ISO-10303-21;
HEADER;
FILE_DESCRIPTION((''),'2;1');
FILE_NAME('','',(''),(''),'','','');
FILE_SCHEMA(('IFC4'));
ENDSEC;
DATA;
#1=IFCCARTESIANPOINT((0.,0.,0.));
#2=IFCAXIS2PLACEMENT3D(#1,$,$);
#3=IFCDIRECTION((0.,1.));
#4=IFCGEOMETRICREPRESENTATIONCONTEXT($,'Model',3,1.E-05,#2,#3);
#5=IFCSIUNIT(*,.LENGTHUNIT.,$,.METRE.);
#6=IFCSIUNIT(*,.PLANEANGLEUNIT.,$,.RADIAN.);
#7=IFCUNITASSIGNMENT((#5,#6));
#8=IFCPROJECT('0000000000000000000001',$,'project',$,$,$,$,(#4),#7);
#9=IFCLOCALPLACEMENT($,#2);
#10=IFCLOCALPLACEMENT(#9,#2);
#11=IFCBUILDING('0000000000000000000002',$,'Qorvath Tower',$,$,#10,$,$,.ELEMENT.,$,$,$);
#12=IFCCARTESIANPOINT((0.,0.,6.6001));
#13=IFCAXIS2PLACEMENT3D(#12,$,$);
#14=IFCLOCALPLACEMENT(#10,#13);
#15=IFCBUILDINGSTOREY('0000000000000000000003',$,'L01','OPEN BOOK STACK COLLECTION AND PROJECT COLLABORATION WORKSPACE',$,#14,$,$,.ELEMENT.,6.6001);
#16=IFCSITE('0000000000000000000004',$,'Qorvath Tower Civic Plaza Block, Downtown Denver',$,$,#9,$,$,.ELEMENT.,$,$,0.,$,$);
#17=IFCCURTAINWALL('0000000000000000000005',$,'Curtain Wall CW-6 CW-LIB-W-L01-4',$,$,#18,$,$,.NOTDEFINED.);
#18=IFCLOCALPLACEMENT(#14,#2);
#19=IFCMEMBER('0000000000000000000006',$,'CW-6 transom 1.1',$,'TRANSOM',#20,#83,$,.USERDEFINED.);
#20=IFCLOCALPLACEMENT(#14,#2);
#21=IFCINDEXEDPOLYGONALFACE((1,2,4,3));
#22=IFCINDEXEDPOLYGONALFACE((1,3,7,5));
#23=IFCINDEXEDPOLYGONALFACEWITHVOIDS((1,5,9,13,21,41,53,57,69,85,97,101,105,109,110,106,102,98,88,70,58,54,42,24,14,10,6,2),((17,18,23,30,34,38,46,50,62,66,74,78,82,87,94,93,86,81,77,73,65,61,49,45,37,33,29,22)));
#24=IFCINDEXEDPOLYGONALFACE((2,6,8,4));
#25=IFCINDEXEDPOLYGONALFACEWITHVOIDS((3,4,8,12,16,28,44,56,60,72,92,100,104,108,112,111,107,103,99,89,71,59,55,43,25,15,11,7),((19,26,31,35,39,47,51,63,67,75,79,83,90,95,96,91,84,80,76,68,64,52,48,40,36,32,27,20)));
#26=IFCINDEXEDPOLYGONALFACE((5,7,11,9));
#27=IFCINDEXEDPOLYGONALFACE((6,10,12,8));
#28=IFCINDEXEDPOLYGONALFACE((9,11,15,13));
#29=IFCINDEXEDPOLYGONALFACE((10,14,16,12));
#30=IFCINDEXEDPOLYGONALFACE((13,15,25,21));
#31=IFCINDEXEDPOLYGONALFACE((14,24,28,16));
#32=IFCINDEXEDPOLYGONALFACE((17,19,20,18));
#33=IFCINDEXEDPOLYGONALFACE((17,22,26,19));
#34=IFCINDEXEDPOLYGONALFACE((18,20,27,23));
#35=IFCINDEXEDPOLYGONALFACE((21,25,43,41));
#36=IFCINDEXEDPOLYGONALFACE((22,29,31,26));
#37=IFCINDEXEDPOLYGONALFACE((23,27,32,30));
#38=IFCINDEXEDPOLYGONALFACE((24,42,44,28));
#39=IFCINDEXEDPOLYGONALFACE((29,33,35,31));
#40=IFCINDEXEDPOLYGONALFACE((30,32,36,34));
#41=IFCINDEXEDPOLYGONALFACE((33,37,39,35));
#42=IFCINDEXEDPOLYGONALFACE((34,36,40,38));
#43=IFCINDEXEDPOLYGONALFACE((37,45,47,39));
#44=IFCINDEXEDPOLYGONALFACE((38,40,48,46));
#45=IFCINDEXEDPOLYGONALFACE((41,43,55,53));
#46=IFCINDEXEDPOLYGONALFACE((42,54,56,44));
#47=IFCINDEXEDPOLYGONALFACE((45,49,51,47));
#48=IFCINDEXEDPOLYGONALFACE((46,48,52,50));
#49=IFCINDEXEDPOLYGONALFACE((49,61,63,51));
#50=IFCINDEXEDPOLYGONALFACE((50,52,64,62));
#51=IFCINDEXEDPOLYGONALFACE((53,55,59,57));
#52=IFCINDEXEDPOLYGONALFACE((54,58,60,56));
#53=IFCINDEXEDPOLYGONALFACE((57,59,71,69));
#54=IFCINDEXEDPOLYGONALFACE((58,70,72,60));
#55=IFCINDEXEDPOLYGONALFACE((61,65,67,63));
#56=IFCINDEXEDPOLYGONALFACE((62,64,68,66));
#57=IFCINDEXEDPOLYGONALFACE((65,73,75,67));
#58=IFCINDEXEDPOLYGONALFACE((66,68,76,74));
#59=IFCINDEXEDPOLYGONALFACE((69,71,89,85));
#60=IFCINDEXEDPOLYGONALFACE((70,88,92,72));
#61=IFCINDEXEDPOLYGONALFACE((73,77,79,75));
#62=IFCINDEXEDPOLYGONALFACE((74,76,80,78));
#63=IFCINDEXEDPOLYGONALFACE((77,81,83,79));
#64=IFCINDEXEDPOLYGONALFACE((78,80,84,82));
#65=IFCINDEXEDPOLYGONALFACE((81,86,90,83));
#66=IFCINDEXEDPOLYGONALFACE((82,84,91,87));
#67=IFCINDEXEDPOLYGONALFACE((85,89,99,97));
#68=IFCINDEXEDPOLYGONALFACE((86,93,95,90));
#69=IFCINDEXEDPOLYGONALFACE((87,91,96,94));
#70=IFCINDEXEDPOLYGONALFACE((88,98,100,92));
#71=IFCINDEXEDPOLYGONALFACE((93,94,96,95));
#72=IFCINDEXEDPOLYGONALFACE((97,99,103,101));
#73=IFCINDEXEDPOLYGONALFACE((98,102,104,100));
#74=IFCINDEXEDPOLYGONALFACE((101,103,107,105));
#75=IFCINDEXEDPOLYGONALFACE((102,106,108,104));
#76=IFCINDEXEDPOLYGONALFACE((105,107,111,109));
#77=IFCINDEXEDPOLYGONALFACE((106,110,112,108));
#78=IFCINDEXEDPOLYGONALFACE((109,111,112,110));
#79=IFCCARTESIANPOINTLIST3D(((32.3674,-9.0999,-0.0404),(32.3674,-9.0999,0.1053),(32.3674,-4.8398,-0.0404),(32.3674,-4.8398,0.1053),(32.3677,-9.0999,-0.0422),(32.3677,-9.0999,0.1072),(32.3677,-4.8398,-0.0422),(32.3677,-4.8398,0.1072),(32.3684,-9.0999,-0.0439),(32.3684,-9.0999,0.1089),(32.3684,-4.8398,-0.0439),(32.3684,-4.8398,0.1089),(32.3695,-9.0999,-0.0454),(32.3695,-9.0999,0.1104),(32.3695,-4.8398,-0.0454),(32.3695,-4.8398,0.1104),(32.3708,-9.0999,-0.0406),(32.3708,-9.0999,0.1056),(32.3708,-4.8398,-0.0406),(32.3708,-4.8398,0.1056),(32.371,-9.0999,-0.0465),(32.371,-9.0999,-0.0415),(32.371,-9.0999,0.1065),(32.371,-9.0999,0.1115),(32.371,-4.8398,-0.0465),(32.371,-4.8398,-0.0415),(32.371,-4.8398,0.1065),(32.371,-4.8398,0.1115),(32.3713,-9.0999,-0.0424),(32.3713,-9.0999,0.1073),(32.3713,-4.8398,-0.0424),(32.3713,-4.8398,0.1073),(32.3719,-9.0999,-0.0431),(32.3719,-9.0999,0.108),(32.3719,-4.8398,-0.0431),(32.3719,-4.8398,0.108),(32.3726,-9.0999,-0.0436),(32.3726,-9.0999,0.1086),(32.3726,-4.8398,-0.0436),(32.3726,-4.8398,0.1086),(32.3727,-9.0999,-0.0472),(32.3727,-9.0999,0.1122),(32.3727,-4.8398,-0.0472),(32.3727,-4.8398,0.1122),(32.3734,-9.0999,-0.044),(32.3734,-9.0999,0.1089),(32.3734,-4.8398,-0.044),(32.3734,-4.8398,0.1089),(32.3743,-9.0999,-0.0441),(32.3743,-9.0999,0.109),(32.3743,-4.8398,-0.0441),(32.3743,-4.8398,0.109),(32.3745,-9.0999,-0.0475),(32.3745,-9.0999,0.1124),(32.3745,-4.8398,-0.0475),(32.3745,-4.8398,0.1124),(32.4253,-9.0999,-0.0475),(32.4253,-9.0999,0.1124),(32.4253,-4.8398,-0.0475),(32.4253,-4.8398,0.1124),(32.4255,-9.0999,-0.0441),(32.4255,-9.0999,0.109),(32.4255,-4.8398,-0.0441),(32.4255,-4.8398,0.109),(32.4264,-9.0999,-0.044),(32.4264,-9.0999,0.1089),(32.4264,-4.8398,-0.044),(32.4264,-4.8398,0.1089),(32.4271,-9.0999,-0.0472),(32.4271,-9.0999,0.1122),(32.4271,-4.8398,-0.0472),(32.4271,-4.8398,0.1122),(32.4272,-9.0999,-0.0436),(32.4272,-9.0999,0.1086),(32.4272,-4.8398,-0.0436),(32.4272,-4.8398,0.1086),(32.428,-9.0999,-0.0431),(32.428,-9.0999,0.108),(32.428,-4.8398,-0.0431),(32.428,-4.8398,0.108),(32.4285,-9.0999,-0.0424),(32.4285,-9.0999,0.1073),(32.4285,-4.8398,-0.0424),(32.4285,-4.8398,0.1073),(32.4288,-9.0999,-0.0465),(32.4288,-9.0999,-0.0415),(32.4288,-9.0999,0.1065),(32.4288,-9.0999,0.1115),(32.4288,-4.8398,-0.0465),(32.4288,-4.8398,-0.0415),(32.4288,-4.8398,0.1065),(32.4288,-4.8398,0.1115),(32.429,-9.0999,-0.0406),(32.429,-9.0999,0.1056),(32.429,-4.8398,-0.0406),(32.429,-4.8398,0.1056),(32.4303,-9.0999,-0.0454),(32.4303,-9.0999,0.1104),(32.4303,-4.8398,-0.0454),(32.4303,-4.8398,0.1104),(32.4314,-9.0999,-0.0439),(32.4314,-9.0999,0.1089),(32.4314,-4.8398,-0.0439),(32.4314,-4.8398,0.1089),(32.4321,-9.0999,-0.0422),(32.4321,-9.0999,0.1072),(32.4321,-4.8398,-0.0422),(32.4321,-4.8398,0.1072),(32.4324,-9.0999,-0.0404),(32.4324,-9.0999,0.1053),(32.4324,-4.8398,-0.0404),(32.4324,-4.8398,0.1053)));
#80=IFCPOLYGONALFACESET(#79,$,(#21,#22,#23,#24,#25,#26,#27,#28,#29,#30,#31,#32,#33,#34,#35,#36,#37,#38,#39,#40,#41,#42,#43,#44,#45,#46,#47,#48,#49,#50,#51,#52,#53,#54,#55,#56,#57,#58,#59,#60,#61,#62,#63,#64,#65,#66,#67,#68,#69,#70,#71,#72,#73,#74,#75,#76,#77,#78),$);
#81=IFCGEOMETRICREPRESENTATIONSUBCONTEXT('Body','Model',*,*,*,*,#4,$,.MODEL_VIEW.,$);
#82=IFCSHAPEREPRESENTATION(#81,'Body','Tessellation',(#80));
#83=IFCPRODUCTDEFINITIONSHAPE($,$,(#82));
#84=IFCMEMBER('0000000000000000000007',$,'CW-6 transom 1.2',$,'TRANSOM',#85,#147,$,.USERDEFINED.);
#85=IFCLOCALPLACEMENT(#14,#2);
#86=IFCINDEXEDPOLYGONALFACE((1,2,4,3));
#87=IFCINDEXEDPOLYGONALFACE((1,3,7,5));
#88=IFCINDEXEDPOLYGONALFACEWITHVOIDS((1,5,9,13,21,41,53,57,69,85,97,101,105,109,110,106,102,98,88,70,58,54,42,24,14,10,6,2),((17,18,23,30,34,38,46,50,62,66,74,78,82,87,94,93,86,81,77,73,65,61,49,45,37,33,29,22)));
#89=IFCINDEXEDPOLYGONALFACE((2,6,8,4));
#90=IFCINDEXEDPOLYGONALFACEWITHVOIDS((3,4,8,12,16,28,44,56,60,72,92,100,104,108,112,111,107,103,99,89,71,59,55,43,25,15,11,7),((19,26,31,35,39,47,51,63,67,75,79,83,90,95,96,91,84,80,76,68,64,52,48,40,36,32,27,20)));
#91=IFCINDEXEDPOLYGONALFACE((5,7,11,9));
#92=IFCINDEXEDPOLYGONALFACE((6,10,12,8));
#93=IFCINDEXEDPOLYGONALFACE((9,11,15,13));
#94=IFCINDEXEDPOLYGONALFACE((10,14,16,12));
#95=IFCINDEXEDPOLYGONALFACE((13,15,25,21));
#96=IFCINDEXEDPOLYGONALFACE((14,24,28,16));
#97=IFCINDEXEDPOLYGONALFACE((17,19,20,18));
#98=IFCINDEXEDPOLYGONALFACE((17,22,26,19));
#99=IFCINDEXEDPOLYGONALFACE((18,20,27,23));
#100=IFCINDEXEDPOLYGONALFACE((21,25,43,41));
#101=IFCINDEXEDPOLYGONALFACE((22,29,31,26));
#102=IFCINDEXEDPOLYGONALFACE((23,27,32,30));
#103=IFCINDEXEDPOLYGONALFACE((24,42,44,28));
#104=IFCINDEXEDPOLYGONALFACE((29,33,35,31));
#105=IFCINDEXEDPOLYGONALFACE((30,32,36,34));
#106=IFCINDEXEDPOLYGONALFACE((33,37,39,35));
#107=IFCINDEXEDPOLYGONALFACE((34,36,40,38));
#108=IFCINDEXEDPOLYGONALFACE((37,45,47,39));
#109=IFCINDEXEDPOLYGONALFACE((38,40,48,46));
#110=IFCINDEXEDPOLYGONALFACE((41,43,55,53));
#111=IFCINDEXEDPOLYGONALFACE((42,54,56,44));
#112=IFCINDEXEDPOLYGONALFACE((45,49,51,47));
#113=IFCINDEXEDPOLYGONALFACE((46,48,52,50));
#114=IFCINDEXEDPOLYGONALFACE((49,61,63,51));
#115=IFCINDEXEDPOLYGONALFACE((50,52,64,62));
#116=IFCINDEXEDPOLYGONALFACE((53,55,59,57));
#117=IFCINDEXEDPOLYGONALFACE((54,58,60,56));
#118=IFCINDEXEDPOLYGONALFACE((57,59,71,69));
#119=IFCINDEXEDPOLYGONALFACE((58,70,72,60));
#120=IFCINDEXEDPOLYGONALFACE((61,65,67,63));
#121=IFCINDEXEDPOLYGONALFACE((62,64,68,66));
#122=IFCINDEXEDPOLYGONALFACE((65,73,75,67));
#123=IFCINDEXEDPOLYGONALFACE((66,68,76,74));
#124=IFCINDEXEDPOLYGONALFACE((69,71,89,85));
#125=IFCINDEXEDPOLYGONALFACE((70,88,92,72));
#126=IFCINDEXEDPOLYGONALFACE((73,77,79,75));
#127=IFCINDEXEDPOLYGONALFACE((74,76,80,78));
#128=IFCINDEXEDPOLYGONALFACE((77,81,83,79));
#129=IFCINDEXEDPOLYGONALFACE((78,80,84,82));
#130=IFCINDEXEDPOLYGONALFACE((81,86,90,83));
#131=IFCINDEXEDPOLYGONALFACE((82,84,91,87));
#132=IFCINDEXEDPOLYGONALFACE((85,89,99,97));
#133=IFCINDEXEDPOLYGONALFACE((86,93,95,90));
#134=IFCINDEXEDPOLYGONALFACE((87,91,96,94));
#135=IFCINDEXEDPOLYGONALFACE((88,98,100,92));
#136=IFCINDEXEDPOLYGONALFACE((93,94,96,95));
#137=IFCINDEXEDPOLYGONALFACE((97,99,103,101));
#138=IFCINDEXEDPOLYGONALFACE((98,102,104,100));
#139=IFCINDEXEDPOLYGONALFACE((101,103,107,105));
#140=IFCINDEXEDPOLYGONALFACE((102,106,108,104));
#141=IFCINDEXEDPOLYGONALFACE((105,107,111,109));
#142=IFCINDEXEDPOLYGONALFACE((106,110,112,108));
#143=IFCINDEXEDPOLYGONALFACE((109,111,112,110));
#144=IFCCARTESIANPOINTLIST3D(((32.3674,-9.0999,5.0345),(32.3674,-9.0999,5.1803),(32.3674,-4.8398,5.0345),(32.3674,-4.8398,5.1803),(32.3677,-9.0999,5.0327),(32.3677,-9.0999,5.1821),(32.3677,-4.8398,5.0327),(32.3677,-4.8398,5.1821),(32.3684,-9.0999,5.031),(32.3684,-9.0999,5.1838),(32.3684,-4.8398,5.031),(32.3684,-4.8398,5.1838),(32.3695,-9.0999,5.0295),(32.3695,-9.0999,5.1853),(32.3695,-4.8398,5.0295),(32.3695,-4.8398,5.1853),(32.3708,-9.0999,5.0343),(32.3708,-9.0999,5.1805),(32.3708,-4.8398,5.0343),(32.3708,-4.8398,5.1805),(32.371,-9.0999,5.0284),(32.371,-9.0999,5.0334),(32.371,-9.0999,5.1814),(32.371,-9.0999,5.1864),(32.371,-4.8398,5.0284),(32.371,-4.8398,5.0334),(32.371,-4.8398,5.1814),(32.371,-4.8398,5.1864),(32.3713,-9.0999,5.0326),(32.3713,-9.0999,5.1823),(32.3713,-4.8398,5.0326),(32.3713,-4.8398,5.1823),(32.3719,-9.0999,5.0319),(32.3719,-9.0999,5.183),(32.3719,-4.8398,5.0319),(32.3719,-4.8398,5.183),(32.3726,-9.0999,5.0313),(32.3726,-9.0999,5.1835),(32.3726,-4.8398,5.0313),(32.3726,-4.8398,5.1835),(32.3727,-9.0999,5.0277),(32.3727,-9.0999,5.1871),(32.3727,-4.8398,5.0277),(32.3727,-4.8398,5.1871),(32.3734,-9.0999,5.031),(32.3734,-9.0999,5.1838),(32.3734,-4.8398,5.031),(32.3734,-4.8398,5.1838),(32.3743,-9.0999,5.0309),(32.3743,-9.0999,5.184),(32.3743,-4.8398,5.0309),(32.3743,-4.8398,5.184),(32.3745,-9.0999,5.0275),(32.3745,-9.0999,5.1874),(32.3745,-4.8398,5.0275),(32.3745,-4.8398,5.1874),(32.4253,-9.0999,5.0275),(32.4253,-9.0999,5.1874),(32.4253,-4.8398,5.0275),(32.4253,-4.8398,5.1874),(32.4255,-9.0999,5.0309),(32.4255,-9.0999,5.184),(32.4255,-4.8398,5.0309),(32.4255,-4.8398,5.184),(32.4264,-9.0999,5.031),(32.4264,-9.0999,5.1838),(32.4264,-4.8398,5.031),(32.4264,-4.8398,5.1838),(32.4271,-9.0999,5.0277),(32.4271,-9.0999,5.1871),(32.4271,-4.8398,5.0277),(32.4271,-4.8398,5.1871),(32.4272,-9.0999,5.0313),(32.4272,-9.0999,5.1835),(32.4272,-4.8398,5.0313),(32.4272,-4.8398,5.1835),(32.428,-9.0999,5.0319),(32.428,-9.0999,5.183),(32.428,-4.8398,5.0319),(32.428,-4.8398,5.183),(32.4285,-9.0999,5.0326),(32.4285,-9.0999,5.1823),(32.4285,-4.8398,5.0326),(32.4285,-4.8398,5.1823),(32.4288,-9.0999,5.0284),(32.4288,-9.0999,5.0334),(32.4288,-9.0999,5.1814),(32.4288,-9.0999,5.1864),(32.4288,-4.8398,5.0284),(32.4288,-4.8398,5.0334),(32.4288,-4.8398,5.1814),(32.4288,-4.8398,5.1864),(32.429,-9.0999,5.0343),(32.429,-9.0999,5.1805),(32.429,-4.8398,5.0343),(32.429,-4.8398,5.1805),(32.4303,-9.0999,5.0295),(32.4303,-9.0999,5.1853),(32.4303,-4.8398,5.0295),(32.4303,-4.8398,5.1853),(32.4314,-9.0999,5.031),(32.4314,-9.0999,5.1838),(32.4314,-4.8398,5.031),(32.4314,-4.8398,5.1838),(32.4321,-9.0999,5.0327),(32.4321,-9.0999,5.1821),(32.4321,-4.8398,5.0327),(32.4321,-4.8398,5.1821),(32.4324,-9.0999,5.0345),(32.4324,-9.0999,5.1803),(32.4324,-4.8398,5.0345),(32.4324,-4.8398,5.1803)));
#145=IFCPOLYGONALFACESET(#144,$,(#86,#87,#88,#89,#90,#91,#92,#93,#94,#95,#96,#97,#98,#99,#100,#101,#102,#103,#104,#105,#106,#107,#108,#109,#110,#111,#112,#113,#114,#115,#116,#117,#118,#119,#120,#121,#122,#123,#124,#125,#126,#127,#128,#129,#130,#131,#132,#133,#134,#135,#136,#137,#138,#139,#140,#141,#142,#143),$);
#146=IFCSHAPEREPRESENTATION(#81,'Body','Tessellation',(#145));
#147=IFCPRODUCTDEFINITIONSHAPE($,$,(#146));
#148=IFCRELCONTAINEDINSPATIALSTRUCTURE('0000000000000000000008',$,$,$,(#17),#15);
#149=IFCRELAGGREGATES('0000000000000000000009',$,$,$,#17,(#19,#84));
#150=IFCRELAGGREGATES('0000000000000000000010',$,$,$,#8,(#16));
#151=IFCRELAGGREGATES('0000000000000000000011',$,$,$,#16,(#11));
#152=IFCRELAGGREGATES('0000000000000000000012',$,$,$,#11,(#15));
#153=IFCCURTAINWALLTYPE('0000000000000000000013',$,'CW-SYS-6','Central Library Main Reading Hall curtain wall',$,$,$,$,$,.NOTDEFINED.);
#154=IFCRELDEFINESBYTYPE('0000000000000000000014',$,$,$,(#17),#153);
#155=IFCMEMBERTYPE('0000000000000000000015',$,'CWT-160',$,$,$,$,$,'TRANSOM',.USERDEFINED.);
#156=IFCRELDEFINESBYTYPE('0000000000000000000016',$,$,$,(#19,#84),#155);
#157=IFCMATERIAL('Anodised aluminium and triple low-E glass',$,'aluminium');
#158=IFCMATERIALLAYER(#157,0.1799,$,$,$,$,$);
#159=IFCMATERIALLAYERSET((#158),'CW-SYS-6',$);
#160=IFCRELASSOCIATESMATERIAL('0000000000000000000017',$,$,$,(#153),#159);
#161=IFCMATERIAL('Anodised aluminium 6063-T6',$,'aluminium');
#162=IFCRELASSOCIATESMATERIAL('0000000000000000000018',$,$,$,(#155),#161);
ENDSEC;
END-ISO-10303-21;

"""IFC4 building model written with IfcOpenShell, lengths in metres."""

from ifc_helpers import new_model, si_unit, direction, frame, origin, origin_2d, place, context, subcontext, project, spatial, hollow_rectangle, extrude, material, layer, layer_set, material_profile, profile_set, type_object, element, aggregate, save


model = new_model("IFC4")

# Units and contexts
model_context = context("Model", 3, precision=1e-05, world=origin(), true_north=direction((0.0, 1.0)))
body_context = subcontext(model_context, "Body", "Model", "MODEL_VIEW")
ifc_project = project(units=[si_unit("LENGTHUNIT", "METRE"), si_unit("PLANEANGLEUNIT", "RADIAN")], contexts=[model_context])

# Site, building, storey
site_placement = place(None, origin())
site = spatial("IfcSite", under=ifc_project, at=site_placement, Name="Qorvath Tower Civic Plaza Block, Downtown Denver", CompositionType="ELEMENT", RefElevation=0.0)
building_placement = place(site_placement, origin())
building = spatial("IfcBuilding", under=site, at=building_placement, Name="Qorvath Tower", CompositionType="ELEMENT")
storey_placement = place(building_placement, frame((0.0, 0.0, 6.6001)))
storey = spatial("IfcBuildingStorey", under=building, at=storey_placement, Name="L01", Description="OPEN BOOK STACK COLLECTION AND PROJECT COLLABORATION WORKSPACE", CompositionType="ELEMENT", Elevation=6.6001)

# Shared definitions
ifc_material_1 = material(Name="Anodised aluminium and triple low-E glass", Category="aluminium")
ifc_layer_1 = layer(ifc_material_1, 0.1799)
ifc_layer_set_1 = layer_set([ifc_layer_1], Name="CW-SYS-6")
curtain_wall_type = type_object("IfcCurtainWallType", Name="CW-SYS-6", Description="Central Library Main Reading Hall curtain wall", PredefinedType="NOTDEFINED", material=ifc_layer_set_1)

# Curtain wall
curtain_wall_1_placement = place(storey_placement, origin())
curtain_wall_1 = element("IfcCurtainWall", 1, at=curtain_wall_1_placement, inside=storey, type_object=curtain_wall_type, Name="Curtain Wall CW-6 CW-LIB-W-L01-4", PredefinedType="NOTDEFINED")

# Members
ifc_material_2 = material(Name="Anodised aluminium 6063-T6", Category="aluminium")
ifc_material_profile_1 = material_profile(ifc_material_2, hollow_rectangle(XDim=0.0649, YDim=0.1599, WallThickness=0.0034, InnerFilletRadius=0.0034, OuterFilletRadius=0.0071, at=origin_2d()), Name="CWT 160x65")
ifc_profile_set_1 = profile_set([ifc_material_profile_1], Name="Anodised aluminium 6063-T6")
member_type_1 = type_object("IfcMemberType", Name="CWT-160", ElementType="TRANSOM", PredefinedType="USERDEFINED", material=ifc_profile_set_1)
member_1_placement = place(storey_placement, frame((32.3999, -9.0999, 0.0325), z_axis=(0.0, 1.0, 0.0), x_axis=(-1.0, 0.0, 0.0)))
member_1 = element("IfcMember", 2, at=member_1_placement, type_object=member_type_1, Name="CW-6 transom 1.1", ObjectType="TRANSOM", PredefinedType="USERDEFINED", context=body_context, shape_type="SweptSolid", body=[
    extrude(hollow_rectangle(XDim=0.0649, YDim=0.1599, WallThickness=0.0034, InnerFilletRadius=0.0034, OuterFilletRadius=0.0071, at=origin_2d()), origin(), (0.0, 0.0, 1.0), 4.26),
])
member_2_placement = place(storey_placement, frame((32.3999, -9.0999, 5.1074), z_axis=(0.0, 1.0, 0.0), x_axis=(-1.0, 0.0, 0.0)))
member_2 = element("IfcMember", 3, at=member_2_placement, type_object=member_type_1, Name="CW-6 transom 1.2", ObjectType="TRANSOM", PredefinedType="USERDEFINED", context=body_context, shape_type="SweptSolid", body=[
    extrude(hollow_rectangle(XDim=0.0649, YDim=0.1599, WallThickness=0.0034, InnerFilletRadius=0.0034, OuterFilletRadius=0.0071, at=origin_2d()), origin(), (0.0, 0.0, 1.0), 4.26),
])

aggregate(curtain_wall_1, [member_1, member_2])

save(model, "model.ifc")
